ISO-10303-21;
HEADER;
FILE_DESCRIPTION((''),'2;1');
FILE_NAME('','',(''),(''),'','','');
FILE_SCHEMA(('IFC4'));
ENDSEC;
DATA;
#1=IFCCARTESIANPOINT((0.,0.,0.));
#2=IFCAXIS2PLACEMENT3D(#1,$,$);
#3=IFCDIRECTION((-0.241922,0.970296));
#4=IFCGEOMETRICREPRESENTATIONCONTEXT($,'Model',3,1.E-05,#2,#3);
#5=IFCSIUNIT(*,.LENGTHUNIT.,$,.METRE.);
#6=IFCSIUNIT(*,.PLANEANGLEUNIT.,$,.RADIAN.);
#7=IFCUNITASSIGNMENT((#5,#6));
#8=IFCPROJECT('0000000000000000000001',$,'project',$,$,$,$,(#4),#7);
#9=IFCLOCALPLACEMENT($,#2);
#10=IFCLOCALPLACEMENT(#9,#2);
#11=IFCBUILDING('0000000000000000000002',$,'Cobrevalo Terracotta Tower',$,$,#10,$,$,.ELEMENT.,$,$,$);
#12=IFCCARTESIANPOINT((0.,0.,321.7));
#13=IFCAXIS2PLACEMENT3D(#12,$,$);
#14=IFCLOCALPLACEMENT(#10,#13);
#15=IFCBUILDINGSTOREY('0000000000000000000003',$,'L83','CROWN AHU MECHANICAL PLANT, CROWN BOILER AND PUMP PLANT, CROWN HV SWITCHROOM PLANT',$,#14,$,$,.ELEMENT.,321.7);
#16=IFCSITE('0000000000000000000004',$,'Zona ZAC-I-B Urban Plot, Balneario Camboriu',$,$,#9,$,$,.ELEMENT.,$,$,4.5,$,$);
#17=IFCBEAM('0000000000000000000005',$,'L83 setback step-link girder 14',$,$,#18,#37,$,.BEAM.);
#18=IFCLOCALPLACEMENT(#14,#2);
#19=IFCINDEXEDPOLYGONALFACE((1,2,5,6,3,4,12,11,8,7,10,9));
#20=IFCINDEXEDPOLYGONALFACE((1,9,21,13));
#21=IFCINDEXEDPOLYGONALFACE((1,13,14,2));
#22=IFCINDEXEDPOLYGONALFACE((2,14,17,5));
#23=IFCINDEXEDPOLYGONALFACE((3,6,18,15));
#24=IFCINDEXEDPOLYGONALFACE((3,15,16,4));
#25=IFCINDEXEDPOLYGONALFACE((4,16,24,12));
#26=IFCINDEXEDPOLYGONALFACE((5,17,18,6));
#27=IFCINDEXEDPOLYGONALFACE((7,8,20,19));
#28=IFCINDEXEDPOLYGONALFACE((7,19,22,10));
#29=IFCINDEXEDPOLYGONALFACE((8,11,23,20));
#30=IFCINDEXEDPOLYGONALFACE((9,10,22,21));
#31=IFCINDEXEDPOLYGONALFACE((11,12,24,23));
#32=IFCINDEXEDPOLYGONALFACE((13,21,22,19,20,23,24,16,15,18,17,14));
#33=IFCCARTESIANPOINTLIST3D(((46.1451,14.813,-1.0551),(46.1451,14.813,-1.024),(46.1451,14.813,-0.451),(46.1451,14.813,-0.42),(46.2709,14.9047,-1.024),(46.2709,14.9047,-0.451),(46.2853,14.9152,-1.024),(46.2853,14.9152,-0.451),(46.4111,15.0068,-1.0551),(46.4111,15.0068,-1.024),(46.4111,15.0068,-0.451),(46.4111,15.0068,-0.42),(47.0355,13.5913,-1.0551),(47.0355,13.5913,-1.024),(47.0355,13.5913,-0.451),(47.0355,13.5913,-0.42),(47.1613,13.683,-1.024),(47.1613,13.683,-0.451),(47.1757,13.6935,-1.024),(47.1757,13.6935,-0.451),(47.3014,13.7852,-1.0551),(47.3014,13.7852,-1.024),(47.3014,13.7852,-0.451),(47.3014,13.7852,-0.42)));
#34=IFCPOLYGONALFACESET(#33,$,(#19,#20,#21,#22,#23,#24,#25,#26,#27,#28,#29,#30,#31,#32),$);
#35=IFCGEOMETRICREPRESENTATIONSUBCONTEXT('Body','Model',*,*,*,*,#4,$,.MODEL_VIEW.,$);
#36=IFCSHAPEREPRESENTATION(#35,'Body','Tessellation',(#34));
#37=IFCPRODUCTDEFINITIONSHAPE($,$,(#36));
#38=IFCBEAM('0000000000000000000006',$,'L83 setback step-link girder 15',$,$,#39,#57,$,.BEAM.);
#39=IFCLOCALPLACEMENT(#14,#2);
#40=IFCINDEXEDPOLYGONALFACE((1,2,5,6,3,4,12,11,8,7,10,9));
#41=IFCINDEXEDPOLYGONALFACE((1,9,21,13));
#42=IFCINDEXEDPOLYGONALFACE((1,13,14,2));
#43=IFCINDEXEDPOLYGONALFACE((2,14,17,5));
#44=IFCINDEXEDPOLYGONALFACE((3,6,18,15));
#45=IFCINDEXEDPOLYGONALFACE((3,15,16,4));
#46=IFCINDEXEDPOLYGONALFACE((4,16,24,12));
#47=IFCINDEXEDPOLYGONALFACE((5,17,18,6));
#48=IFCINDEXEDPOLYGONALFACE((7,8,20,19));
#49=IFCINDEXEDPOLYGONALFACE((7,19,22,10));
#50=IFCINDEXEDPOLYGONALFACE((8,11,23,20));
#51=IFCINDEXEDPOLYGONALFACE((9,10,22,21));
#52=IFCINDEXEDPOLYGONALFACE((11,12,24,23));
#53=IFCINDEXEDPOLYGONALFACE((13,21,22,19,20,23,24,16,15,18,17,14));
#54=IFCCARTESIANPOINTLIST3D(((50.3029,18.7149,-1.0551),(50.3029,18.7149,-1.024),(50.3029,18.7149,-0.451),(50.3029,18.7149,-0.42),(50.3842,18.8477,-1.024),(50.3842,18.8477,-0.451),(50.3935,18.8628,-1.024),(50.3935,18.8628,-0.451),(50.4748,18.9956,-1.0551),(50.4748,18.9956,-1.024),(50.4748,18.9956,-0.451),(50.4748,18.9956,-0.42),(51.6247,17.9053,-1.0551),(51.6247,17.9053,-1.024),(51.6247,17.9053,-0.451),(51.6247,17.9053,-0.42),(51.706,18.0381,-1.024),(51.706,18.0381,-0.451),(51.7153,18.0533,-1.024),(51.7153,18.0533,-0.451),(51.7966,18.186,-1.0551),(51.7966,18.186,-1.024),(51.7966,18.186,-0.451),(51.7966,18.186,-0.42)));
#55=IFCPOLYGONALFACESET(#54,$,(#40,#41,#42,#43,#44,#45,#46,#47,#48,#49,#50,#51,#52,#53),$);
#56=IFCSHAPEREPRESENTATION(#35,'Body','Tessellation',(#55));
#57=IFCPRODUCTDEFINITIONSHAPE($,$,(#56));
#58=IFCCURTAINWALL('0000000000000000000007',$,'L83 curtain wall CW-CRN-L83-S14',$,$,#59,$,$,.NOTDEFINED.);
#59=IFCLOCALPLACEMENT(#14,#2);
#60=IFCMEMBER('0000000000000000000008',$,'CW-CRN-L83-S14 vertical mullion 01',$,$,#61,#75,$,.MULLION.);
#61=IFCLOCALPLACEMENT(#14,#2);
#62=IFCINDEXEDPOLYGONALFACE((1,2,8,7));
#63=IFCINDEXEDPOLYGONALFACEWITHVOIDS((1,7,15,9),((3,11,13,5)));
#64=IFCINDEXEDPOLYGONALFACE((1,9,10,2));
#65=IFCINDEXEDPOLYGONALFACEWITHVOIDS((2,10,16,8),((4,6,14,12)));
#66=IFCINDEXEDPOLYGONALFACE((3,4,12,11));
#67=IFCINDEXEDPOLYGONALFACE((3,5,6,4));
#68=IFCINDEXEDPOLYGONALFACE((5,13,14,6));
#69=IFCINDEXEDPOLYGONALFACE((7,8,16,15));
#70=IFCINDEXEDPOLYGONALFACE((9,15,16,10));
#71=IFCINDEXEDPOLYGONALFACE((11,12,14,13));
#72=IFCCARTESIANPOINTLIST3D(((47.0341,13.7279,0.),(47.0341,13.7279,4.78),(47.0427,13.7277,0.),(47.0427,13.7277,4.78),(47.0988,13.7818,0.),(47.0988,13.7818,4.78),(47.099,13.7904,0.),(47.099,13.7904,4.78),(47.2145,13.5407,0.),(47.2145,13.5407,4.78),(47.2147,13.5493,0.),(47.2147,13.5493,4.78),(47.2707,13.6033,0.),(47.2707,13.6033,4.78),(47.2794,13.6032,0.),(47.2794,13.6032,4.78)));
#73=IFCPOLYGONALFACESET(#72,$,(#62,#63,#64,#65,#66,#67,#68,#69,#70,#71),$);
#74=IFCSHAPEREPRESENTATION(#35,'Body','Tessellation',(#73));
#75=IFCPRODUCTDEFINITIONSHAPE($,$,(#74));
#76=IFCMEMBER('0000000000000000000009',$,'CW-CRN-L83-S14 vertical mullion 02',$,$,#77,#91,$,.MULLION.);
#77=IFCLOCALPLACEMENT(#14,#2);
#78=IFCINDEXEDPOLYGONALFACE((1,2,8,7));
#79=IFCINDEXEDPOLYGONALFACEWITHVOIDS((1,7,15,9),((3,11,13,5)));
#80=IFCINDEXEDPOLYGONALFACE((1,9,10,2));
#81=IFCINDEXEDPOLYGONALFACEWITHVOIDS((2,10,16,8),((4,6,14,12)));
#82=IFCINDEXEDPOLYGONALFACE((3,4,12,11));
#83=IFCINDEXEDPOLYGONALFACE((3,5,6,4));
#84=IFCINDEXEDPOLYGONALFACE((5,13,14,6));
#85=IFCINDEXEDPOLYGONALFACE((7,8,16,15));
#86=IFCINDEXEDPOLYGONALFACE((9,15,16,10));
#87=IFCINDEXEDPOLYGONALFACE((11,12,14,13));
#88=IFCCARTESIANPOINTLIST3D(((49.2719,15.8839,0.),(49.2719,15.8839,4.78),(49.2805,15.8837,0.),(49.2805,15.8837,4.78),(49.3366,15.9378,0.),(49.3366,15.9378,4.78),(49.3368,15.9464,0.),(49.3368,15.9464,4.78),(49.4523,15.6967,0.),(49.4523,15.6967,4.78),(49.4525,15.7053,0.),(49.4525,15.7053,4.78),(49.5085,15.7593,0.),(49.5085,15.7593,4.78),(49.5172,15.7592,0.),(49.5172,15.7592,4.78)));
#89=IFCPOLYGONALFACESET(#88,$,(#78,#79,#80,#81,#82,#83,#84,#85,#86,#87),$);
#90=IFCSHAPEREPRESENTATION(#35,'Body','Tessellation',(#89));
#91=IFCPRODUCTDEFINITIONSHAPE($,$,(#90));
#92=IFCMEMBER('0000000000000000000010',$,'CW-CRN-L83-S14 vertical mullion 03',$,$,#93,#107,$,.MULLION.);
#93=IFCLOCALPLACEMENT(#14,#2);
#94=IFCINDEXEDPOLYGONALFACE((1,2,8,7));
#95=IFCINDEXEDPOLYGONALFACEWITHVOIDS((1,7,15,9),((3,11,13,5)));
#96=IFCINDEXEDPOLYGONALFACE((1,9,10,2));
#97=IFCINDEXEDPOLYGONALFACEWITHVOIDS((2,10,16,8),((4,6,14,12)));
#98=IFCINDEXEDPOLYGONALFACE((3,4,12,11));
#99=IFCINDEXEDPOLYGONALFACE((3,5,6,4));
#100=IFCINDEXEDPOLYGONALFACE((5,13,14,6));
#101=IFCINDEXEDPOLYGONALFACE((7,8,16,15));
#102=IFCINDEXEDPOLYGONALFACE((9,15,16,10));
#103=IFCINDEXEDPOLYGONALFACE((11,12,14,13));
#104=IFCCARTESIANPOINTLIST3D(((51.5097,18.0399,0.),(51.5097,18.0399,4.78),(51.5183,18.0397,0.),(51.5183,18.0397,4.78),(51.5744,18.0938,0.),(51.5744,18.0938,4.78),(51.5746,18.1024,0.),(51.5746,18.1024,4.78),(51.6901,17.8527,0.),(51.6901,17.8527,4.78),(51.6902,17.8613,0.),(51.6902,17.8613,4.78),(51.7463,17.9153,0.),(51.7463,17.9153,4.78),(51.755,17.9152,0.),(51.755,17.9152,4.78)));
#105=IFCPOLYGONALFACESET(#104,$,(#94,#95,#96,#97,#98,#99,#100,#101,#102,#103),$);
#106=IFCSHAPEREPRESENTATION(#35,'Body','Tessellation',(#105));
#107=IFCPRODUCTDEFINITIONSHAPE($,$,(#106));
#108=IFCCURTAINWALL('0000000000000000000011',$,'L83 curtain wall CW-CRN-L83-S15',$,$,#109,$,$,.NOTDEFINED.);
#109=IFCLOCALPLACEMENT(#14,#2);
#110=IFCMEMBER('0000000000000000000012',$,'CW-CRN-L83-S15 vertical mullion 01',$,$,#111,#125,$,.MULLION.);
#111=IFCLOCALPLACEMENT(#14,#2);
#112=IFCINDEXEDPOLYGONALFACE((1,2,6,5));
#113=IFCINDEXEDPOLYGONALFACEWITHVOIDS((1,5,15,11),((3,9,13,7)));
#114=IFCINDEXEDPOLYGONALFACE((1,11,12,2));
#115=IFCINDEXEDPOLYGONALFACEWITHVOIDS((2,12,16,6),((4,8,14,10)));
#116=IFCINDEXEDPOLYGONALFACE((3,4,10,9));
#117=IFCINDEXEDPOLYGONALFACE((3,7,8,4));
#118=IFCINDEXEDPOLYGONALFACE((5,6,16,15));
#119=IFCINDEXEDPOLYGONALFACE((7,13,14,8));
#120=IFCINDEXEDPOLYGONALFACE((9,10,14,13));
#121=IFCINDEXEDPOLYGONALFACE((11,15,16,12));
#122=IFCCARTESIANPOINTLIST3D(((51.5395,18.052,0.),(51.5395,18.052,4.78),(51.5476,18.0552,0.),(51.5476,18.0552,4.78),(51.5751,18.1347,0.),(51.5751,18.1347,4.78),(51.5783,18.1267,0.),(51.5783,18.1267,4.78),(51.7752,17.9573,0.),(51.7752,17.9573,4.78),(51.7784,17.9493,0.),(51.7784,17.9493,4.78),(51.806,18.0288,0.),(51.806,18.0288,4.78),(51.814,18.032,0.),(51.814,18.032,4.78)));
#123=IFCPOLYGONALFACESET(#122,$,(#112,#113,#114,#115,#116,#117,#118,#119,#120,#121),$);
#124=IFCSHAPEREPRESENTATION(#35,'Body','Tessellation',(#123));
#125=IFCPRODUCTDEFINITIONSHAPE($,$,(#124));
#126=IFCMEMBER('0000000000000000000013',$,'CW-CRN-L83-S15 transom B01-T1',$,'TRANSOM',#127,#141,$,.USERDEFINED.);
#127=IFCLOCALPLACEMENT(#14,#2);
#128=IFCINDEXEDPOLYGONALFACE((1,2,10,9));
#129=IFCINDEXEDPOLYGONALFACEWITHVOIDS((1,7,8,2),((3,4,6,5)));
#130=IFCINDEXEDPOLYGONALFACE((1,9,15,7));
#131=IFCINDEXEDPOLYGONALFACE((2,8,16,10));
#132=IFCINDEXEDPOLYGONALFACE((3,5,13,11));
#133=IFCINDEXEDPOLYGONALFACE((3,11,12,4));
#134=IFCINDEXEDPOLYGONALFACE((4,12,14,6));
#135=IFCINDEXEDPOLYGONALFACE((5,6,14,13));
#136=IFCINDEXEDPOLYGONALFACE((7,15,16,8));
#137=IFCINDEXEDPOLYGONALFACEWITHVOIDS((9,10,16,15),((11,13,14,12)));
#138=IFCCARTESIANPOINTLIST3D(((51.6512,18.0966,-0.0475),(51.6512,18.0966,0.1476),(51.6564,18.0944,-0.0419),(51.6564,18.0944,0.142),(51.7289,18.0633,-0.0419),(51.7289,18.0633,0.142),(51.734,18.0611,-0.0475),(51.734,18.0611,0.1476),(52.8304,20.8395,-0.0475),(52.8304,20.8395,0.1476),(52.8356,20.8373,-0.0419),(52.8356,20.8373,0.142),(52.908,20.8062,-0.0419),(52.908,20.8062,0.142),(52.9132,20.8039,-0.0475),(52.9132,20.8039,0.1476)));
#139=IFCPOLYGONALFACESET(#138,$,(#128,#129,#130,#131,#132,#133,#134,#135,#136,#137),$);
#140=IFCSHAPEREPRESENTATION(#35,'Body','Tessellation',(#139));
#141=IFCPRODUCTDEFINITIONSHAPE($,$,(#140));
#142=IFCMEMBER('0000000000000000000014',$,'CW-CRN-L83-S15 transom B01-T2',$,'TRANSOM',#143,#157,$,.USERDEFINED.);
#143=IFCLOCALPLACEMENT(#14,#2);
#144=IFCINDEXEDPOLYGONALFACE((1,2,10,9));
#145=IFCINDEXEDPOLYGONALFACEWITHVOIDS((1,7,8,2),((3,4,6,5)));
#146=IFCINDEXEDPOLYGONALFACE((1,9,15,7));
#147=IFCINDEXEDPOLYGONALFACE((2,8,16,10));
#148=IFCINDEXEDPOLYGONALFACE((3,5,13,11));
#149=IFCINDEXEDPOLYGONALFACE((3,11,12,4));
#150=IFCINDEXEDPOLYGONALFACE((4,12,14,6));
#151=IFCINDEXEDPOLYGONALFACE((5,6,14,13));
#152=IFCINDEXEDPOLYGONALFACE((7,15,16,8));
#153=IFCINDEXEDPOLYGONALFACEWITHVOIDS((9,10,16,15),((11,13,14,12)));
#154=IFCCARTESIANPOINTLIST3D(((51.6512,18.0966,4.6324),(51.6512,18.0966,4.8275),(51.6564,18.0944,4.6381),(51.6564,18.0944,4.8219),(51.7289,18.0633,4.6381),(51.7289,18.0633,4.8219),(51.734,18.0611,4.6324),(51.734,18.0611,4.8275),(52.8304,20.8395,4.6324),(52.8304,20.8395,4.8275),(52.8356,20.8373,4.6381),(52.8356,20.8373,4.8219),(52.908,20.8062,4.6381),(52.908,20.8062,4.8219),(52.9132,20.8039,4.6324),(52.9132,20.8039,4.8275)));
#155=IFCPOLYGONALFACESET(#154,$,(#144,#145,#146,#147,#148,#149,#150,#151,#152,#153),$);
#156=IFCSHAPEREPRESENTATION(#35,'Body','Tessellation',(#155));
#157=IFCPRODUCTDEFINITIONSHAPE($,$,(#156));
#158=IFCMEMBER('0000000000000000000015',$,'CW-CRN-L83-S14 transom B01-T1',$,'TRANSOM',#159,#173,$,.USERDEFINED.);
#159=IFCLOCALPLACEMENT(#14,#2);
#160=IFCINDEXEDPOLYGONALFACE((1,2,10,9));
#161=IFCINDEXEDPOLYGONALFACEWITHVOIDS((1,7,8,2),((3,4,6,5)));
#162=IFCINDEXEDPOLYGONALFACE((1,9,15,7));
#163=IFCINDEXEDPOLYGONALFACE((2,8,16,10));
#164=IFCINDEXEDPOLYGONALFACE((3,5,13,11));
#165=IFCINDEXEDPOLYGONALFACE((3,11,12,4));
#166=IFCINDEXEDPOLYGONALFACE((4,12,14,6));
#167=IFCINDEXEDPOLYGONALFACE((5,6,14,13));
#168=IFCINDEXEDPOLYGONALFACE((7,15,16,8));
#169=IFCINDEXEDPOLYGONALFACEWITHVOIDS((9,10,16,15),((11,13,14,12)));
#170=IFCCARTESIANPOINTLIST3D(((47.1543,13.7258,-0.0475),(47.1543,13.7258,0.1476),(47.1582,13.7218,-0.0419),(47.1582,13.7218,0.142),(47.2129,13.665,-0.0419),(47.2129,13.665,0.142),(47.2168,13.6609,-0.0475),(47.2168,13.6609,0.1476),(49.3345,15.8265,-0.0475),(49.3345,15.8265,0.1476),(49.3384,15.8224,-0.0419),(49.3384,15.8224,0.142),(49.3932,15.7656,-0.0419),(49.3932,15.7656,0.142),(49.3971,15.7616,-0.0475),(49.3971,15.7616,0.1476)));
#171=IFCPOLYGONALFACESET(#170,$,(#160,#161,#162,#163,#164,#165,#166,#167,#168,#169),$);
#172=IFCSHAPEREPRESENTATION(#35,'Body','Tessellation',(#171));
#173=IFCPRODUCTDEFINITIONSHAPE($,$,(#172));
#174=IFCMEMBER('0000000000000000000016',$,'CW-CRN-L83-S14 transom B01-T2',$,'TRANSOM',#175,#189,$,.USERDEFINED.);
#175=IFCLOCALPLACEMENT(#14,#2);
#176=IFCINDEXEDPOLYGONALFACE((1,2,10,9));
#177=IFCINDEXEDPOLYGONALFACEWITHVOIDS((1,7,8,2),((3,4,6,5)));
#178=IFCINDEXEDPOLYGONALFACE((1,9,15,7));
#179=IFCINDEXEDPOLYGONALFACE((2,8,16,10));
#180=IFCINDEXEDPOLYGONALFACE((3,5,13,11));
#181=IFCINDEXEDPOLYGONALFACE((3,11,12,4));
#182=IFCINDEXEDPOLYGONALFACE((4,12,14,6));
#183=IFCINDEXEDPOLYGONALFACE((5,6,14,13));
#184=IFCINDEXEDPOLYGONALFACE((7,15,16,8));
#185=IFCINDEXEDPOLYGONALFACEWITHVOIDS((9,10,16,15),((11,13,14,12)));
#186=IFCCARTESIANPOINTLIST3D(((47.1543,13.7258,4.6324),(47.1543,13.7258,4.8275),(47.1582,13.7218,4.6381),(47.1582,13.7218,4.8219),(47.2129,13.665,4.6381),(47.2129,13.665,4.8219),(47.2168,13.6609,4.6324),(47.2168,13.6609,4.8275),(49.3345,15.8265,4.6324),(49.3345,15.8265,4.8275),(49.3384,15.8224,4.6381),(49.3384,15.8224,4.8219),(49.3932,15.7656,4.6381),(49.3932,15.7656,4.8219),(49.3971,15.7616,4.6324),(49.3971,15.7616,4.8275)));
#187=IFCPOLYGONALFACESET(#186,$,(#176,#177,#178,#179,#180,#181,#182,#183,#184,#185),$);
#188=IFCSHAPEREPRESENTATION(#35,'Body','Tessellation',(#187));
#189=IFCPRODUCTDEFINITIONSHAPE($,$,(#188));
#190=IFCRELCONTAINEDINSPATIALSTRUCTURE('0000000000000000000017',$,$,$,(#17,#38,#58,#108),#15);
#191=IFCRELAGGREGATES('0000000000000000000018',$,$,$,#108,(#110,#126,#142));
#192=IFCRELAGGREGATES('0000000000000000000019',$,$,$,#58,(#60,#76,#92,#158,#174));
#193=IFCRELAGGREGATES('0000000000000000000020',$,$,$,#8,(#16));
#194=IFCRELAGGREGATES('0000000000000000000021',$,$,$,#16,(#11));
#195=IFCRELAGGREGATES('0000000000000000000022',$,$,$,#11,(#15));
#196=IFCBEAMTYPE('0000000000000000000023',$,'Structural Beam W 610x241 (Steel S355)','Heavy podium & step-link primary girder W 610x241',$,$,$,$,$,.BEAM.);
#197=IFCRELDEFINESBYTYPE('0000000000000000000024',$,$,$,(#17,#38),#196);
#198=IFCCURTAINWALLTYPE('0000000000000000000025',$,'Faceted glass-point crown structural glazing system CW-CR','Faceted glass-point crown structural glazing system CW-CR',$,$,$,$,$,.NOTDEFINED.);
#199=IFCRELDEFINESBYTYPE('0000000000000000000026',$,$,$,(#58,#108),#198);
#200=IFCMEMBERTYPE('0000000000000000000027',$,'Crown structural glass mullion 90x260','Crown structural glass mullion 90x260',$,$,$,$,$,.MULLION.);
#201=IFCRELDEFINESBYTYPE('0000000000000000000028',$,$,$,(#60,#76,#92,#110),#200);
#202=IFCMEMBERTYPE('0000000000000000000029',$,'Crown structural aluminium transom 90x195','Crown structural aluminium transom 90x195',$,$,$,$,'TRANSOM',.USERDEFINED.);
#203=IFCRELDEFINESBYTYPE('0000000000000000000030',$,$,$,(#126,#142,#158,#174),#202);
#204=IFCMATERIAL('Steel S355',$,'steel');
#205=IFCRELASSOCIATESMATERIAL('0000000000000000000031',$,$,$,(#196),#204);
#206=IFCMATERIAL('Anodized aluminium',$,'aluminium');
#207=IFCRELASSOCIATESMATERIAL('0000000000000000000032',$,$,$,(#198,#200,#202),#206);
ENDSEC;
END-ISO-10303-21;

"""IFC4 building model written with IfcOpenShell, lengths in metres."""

from ifc_helpers import new_model, si_unit, direction, frame, origin, origin_2d, place, context, subcontext, project, spatial, hollow_rectangle, i_section, extrude, source, transform, mapped, material, material_profile, profile_set, type_object, element, aggregate, save


model = new_model("IFC4")

# Units and contexts
model_context = context("Model", 3, precision=1e-05, world=origin(), true_north=direction((-0.241922, 0.970296)))
body_context = subcontext(model_context, "Body", "Model", "MODEL_VIEW")
ifc_project = project(units=[si_unit("LENGTHUNIT", "METRE"), si_unit("PLANEANGLEUNIT", "RADIAN")], contexts=[model_context])

# Site, building, storey
site_placement = place(None, origin())
site = spatial("IfcSite", under=ifc_project, at=site_placement, Name="Zona ZAC-I-B Urban Plot, Balneario Camboriu", CompositionType="ELEMENT", RefElevation=4.5)
building_placement = place(site_placement, origin())
building = spatial("IfcBuilding", under=site, at=building_placement, Name="Cobrevalo Terracotta Tower", CompositionType="ELEMENT")
storey_placement = place(building_placement, frame((0.0, 0.0, 321.7)))
storey = spatial("IfcBuildingStorey", under=building, at=storey_placement, Name="L83", Description="CROWN AHU MECHANICAL PLANT, CROWN BOILER AND PUMP PLANT, CROWN HV SWITCHROOM PLANT", CompositionType="ELEMENT", Elevation=321.7)

# Beams
ifc_material_1 = material(Name="Steel S355", Category="steel")
ifc_material_profile_1 = material_profile(ifc_material_1, i_section(OverallWidth=0.3291, OverallDepth=0.635, WebThickness=0.0178, FlangeThickness=0.031, at=origin_2d()), Name="W 610x241")
ifc_profile_set_1 = profile_set([ifc_material_profile_1], Name="Steel S355")
beam_type = type_object("IfcBeamType", Name="Structural Beam W 610x241 (Steel S355)", Description="Heavy podium & step-link primary girder W 610x241", PredefinedType="BEAM", material=ifc_profile_set_1)
beam_1_placement = place(storey_placement, frame((47.1685, 13.6882, -0.7375), z_axis=(-0.588988, 0.808142, 0.0), x_axis=(-0.808142, -0.588988, 0.0)))
element("IfcBeam", 1, at=beam_1_placement, inside=storey, type_object=beam_type, Name="L83 setback step-link girder 14", PredefinedType="BEAM", context=body_context, shape_type="SweptSolid", body=[
    extrude(i_section(OverallWidth=0.3291, OverallDepth=0.635, WebThickness=0.0178, FlangeThickness=0.031, at=origin_2d()), origin(), (0.0, 0.0, 1.0), 1.5117),
])
beam_2_placement = place(storey_placement, frame((51.7107, 18.0457, -0.7375), z_axis=(-0.85276, 0.522303, 0.0), x_axis=(-0.522303, -0.85276, 0.0)))
element("IfcBeam", 2, at=beam_2_placement, inside=storey, type_object=beam_type, Name="L83 setback step-link girder 15", PredefinedType="BEAM", context=body_context, shape_type="SweptSolid", body=[
    extrude(i_section(OverallWidth=0.3291, OverallDepth=0.635, WebThickness=0.0178, FlangeThickness=0.031, at=origin_2d()), origin(), (0.0, 0.0, 1.0), 1.55),
])

# Curtain walls, members
ifc_material_2 = material(Name="Anodized aluminium", Category="aluminium")
curtain_wall_type = type_object("IfcCurtainWallType", Name="Faceted glass-point crown structural glazing system CW-CR", Description="Faceted glass-point crown structural glazing system CW-CR", PredefinedType="NOTDEFINED", material=ifc_material_2)
curtain_wall_1_placement = place(storey_placement, origin())
curtain_wall_1 = element("IfcCurtainWall", 3, at=curtain_wall_1_placement, inside=storey, type_object=curtain_wall_type, Name="L83 curtain wall CW-CRN-L83-S14", PredefinedType="NOTDEFINED")
ifc_material_profile_2 = material_profile(ifc_material_2, hollow_rectangle(XDim=0.0901, YDim=0.26, WallThickness=0.0061, at=origin_2d()), Name="CWM 90x260")
ifc_profile_set_2 = profile_set([ifc_material_profile_2], Name="Anodized aluminium")
member_type_1 = type_object("IfcMemberType", Name="Crown structural glass mullion 90x260", Description="Crown structural glass mullion 90x260", PredefinedType="MULLION", material=ifc_profile_set_2)
shared_shape_1 = source(origin(), body_context, "Body", "SweptSolid", [
    extrude(hollow_rectangle(XDim=0.0901, YDim=0.26, WallThickness=0.0061, at=origin_2d()), origin(), (0.0, 0.0, 1.0), 4.78),
])
member_1_placement = place(storey_placement, frame((47.1567, 13.6655, 0.0), z_axis=(0.0, 0.0, 1.0), x_axis=(0.72014, 0.693829, 0.0)))
member_1 = element("IfcMember", 4, at=member_1_placement, type_object=member_type_1, Name="CW-CRN-L83-S14 vertical mullion 01", PredefinedType="MULLION", context=body_context, shape_type="MappedRepresentation", body=[
    mapped(shared_shape_1, transform((0.0, 0.0, 0.0), scale=1.0)),
])
member_2_placement = place(storey_placement, frame((49.3945, 15.8215, 0.0), z_axis=(0.0, 0.0, 1.0), x_axis=(0.72014, 0.693829, 0.0)))
member_2 = element("IfcMember", 5, at=member_2_placement, type_object=member_type_1, Name="CW-CRN-L83-S14 vertical mullion 02", PredefinedType="MULLION", context=body_context, shape_type="MappedRepresentation", body=[
    mapped(shared_shape_1, transform((0.0, 0.0, 0.0), scale=1.0)),
])
member_3_placement = place(storey_placement, frame((51.6323, 17.9775, 0.0), z_axis=(0.0, 0.0, 1.0), x_axis=(0.72014, 0.693829, 0.0)))
member_3 = element("IfcMember", 6, at=member_3_placement, type_object=member_type_1, Name="CW-CRN-L83-S14 vertical mullion 03", PredefinedType="MULLION", context=body_context, shape_type="MappedRepresentation", body=[
    mapped(shared_shape_1, transform((0.0, 0.0, 0.0), scale=1.0)),
])
curtain_wall_2_placement = place(storey_placement, origin())
curtain_wall_2 = element("IfcCurtainWall", 7, at=curtain_wall_2_placement, inside=storey, type_object=curtain_wall_type, Name="L83 curtain wall CW-CRN-L83-S15", PredefinedType="NOTDEFINED")
member_4_placement = place(storey_placement, frame((51.6768, 18.042, 0.0), z_axis=(0.0, 0.0, 1.0), x_axis=(0.394968, 0.918695, 0.0)))
member_4 = element("IfcMember", 8, at=member_4_placement, type_object=member_type_1, Name="CW-CRN-L83-S15 vertical mullion 01", PredefinedType="MULLION", context=body_context, shape_type="MappedRepresentation", body=[
    mapped(shared_shape_1, transform((0.0, 0.0, 0.0), scale=1.0)),
])
ifc_material_profile_3 = material_profile(ifc_material_2, hollow_rectangle(XDim=0.0901, YDim=0.1951, WallThickness=0.0056, at=origin_2d()), Name="CWT 90x195")
ifc_profile_set_3 = profile_set([ifc_material_profile_3], Name="Anodized aluminium")
member_type_2 = type_object("IfcMemberType", Name="Crown structural aluminium transom 90x195", Description="Crown structural aluminium transom 90x195", ElementType="TRANSOM", PredefinedType="USERDEFINED", material=ifc_profile_set_3)
shared_shape_2 = source(origin(), body_context, "Body", "SweptSolid", [
    extrude(hollow_rectangle(XDim=0.0901, YDim=0.1951, WallThickness=0.0056, at=origin_2d()), origin(), (0.0, 0.0, 1.0), 2.9856),
])
member_5_placement = place(storey_placement, frame((51.6926, 18.0789, 0.05), z_axis=(0.394955, 0.9187, 0.0), x_axis=(-0.9187, 0.394955, 0.0)))
member_5 = element("IfcMember", 9, at=member_5_placement, type_object=member_type_2, Name="CW-CRN-L83-S15 transom B01-T1", ObjectType="TRANSOM", PredefinedType="USERDEFINED", context=body_context, shape_type="MappedRepresentation", body=[
    mapped(shared_shape_2, transform((0.0, 0.0, 0.0), scale=1.0)),
])
member_6_placement = place(storey_placement, frame((51.6926, 18.0789, 4.73), z_axis=(0.394955, 0.9187, 0.0), x_axis=(-0.9187, 0.394955, 0.0)))
member_6 = element("IfcMember", 10, at=member_6_placement, type_object=member_type_2, Name="CW-CRN-L83-S15 transom B01-T2", ObjectType="TRANSOM", PredefinedType="USERDEFINED", context=body_context, shape_type="MappedRepresentation", body=[
    mapped(shared_shape_2, transform((0.0, 0.0, 0.0), scale=1.0)),
])
aggregate(curtain_wall_2, [member_4, member_5, member_6])

# Members
shared_shape_3 = source(origin(), body_context, "Body", "SweptSolid", [
    extrude(hollow_rectangle(XDim=0.0901, YDim=0.1951, WallThickness=0.0056, at=origin_2d()), origin(), (0.0, 0.0, 1.0), 3.0276),
])
member_7_placement = place(storey_placement, frame((47.1855, 13.6934, 0.05), z_axis=(0.720129, 0.69384, 0.0), x_axis=(-0.69384, 0.720129, 0.0)))
member_7 = element("IfcMember", 11, at=member_7_placement, type_object=member_type_2, Name="CW-CRN-L83-S14 transom B01-T1", ObjectType="TRANSOM", PredefinedType="USERDEFINED", context=body_context, shape_type="MappedRepresentation", body=[
    mapped(shared_shape_3, transform((0.0, 0.0, 0.0), scale=1.0)),
])
member_8_placement = place(storey_placement, frame((47.1855, 13.6934, 4.73), z_axis=(0.720129, 0.69384, 0.0), x_axis=(-0.69384, 0.720129, 0.0)))
member_8 = element("IfcMember", 12, at=member_8_placement, type_object=member_type_2, Name="CW-CRN-L83-S14 transom B01-T2", ObjectType="TRANSOM", PredefinedType="USERDEFINED", context=body_context, shape_type="MappedRepresentation", body=[
    mapped(shared_shape_3, transform((0.0, 0.0, 0.0), scale=1.0)),
])

aggregate(curtain_wall_1, [member_1, member_2, member_3, member_7, member_8])

save(model, "model.ifc")
